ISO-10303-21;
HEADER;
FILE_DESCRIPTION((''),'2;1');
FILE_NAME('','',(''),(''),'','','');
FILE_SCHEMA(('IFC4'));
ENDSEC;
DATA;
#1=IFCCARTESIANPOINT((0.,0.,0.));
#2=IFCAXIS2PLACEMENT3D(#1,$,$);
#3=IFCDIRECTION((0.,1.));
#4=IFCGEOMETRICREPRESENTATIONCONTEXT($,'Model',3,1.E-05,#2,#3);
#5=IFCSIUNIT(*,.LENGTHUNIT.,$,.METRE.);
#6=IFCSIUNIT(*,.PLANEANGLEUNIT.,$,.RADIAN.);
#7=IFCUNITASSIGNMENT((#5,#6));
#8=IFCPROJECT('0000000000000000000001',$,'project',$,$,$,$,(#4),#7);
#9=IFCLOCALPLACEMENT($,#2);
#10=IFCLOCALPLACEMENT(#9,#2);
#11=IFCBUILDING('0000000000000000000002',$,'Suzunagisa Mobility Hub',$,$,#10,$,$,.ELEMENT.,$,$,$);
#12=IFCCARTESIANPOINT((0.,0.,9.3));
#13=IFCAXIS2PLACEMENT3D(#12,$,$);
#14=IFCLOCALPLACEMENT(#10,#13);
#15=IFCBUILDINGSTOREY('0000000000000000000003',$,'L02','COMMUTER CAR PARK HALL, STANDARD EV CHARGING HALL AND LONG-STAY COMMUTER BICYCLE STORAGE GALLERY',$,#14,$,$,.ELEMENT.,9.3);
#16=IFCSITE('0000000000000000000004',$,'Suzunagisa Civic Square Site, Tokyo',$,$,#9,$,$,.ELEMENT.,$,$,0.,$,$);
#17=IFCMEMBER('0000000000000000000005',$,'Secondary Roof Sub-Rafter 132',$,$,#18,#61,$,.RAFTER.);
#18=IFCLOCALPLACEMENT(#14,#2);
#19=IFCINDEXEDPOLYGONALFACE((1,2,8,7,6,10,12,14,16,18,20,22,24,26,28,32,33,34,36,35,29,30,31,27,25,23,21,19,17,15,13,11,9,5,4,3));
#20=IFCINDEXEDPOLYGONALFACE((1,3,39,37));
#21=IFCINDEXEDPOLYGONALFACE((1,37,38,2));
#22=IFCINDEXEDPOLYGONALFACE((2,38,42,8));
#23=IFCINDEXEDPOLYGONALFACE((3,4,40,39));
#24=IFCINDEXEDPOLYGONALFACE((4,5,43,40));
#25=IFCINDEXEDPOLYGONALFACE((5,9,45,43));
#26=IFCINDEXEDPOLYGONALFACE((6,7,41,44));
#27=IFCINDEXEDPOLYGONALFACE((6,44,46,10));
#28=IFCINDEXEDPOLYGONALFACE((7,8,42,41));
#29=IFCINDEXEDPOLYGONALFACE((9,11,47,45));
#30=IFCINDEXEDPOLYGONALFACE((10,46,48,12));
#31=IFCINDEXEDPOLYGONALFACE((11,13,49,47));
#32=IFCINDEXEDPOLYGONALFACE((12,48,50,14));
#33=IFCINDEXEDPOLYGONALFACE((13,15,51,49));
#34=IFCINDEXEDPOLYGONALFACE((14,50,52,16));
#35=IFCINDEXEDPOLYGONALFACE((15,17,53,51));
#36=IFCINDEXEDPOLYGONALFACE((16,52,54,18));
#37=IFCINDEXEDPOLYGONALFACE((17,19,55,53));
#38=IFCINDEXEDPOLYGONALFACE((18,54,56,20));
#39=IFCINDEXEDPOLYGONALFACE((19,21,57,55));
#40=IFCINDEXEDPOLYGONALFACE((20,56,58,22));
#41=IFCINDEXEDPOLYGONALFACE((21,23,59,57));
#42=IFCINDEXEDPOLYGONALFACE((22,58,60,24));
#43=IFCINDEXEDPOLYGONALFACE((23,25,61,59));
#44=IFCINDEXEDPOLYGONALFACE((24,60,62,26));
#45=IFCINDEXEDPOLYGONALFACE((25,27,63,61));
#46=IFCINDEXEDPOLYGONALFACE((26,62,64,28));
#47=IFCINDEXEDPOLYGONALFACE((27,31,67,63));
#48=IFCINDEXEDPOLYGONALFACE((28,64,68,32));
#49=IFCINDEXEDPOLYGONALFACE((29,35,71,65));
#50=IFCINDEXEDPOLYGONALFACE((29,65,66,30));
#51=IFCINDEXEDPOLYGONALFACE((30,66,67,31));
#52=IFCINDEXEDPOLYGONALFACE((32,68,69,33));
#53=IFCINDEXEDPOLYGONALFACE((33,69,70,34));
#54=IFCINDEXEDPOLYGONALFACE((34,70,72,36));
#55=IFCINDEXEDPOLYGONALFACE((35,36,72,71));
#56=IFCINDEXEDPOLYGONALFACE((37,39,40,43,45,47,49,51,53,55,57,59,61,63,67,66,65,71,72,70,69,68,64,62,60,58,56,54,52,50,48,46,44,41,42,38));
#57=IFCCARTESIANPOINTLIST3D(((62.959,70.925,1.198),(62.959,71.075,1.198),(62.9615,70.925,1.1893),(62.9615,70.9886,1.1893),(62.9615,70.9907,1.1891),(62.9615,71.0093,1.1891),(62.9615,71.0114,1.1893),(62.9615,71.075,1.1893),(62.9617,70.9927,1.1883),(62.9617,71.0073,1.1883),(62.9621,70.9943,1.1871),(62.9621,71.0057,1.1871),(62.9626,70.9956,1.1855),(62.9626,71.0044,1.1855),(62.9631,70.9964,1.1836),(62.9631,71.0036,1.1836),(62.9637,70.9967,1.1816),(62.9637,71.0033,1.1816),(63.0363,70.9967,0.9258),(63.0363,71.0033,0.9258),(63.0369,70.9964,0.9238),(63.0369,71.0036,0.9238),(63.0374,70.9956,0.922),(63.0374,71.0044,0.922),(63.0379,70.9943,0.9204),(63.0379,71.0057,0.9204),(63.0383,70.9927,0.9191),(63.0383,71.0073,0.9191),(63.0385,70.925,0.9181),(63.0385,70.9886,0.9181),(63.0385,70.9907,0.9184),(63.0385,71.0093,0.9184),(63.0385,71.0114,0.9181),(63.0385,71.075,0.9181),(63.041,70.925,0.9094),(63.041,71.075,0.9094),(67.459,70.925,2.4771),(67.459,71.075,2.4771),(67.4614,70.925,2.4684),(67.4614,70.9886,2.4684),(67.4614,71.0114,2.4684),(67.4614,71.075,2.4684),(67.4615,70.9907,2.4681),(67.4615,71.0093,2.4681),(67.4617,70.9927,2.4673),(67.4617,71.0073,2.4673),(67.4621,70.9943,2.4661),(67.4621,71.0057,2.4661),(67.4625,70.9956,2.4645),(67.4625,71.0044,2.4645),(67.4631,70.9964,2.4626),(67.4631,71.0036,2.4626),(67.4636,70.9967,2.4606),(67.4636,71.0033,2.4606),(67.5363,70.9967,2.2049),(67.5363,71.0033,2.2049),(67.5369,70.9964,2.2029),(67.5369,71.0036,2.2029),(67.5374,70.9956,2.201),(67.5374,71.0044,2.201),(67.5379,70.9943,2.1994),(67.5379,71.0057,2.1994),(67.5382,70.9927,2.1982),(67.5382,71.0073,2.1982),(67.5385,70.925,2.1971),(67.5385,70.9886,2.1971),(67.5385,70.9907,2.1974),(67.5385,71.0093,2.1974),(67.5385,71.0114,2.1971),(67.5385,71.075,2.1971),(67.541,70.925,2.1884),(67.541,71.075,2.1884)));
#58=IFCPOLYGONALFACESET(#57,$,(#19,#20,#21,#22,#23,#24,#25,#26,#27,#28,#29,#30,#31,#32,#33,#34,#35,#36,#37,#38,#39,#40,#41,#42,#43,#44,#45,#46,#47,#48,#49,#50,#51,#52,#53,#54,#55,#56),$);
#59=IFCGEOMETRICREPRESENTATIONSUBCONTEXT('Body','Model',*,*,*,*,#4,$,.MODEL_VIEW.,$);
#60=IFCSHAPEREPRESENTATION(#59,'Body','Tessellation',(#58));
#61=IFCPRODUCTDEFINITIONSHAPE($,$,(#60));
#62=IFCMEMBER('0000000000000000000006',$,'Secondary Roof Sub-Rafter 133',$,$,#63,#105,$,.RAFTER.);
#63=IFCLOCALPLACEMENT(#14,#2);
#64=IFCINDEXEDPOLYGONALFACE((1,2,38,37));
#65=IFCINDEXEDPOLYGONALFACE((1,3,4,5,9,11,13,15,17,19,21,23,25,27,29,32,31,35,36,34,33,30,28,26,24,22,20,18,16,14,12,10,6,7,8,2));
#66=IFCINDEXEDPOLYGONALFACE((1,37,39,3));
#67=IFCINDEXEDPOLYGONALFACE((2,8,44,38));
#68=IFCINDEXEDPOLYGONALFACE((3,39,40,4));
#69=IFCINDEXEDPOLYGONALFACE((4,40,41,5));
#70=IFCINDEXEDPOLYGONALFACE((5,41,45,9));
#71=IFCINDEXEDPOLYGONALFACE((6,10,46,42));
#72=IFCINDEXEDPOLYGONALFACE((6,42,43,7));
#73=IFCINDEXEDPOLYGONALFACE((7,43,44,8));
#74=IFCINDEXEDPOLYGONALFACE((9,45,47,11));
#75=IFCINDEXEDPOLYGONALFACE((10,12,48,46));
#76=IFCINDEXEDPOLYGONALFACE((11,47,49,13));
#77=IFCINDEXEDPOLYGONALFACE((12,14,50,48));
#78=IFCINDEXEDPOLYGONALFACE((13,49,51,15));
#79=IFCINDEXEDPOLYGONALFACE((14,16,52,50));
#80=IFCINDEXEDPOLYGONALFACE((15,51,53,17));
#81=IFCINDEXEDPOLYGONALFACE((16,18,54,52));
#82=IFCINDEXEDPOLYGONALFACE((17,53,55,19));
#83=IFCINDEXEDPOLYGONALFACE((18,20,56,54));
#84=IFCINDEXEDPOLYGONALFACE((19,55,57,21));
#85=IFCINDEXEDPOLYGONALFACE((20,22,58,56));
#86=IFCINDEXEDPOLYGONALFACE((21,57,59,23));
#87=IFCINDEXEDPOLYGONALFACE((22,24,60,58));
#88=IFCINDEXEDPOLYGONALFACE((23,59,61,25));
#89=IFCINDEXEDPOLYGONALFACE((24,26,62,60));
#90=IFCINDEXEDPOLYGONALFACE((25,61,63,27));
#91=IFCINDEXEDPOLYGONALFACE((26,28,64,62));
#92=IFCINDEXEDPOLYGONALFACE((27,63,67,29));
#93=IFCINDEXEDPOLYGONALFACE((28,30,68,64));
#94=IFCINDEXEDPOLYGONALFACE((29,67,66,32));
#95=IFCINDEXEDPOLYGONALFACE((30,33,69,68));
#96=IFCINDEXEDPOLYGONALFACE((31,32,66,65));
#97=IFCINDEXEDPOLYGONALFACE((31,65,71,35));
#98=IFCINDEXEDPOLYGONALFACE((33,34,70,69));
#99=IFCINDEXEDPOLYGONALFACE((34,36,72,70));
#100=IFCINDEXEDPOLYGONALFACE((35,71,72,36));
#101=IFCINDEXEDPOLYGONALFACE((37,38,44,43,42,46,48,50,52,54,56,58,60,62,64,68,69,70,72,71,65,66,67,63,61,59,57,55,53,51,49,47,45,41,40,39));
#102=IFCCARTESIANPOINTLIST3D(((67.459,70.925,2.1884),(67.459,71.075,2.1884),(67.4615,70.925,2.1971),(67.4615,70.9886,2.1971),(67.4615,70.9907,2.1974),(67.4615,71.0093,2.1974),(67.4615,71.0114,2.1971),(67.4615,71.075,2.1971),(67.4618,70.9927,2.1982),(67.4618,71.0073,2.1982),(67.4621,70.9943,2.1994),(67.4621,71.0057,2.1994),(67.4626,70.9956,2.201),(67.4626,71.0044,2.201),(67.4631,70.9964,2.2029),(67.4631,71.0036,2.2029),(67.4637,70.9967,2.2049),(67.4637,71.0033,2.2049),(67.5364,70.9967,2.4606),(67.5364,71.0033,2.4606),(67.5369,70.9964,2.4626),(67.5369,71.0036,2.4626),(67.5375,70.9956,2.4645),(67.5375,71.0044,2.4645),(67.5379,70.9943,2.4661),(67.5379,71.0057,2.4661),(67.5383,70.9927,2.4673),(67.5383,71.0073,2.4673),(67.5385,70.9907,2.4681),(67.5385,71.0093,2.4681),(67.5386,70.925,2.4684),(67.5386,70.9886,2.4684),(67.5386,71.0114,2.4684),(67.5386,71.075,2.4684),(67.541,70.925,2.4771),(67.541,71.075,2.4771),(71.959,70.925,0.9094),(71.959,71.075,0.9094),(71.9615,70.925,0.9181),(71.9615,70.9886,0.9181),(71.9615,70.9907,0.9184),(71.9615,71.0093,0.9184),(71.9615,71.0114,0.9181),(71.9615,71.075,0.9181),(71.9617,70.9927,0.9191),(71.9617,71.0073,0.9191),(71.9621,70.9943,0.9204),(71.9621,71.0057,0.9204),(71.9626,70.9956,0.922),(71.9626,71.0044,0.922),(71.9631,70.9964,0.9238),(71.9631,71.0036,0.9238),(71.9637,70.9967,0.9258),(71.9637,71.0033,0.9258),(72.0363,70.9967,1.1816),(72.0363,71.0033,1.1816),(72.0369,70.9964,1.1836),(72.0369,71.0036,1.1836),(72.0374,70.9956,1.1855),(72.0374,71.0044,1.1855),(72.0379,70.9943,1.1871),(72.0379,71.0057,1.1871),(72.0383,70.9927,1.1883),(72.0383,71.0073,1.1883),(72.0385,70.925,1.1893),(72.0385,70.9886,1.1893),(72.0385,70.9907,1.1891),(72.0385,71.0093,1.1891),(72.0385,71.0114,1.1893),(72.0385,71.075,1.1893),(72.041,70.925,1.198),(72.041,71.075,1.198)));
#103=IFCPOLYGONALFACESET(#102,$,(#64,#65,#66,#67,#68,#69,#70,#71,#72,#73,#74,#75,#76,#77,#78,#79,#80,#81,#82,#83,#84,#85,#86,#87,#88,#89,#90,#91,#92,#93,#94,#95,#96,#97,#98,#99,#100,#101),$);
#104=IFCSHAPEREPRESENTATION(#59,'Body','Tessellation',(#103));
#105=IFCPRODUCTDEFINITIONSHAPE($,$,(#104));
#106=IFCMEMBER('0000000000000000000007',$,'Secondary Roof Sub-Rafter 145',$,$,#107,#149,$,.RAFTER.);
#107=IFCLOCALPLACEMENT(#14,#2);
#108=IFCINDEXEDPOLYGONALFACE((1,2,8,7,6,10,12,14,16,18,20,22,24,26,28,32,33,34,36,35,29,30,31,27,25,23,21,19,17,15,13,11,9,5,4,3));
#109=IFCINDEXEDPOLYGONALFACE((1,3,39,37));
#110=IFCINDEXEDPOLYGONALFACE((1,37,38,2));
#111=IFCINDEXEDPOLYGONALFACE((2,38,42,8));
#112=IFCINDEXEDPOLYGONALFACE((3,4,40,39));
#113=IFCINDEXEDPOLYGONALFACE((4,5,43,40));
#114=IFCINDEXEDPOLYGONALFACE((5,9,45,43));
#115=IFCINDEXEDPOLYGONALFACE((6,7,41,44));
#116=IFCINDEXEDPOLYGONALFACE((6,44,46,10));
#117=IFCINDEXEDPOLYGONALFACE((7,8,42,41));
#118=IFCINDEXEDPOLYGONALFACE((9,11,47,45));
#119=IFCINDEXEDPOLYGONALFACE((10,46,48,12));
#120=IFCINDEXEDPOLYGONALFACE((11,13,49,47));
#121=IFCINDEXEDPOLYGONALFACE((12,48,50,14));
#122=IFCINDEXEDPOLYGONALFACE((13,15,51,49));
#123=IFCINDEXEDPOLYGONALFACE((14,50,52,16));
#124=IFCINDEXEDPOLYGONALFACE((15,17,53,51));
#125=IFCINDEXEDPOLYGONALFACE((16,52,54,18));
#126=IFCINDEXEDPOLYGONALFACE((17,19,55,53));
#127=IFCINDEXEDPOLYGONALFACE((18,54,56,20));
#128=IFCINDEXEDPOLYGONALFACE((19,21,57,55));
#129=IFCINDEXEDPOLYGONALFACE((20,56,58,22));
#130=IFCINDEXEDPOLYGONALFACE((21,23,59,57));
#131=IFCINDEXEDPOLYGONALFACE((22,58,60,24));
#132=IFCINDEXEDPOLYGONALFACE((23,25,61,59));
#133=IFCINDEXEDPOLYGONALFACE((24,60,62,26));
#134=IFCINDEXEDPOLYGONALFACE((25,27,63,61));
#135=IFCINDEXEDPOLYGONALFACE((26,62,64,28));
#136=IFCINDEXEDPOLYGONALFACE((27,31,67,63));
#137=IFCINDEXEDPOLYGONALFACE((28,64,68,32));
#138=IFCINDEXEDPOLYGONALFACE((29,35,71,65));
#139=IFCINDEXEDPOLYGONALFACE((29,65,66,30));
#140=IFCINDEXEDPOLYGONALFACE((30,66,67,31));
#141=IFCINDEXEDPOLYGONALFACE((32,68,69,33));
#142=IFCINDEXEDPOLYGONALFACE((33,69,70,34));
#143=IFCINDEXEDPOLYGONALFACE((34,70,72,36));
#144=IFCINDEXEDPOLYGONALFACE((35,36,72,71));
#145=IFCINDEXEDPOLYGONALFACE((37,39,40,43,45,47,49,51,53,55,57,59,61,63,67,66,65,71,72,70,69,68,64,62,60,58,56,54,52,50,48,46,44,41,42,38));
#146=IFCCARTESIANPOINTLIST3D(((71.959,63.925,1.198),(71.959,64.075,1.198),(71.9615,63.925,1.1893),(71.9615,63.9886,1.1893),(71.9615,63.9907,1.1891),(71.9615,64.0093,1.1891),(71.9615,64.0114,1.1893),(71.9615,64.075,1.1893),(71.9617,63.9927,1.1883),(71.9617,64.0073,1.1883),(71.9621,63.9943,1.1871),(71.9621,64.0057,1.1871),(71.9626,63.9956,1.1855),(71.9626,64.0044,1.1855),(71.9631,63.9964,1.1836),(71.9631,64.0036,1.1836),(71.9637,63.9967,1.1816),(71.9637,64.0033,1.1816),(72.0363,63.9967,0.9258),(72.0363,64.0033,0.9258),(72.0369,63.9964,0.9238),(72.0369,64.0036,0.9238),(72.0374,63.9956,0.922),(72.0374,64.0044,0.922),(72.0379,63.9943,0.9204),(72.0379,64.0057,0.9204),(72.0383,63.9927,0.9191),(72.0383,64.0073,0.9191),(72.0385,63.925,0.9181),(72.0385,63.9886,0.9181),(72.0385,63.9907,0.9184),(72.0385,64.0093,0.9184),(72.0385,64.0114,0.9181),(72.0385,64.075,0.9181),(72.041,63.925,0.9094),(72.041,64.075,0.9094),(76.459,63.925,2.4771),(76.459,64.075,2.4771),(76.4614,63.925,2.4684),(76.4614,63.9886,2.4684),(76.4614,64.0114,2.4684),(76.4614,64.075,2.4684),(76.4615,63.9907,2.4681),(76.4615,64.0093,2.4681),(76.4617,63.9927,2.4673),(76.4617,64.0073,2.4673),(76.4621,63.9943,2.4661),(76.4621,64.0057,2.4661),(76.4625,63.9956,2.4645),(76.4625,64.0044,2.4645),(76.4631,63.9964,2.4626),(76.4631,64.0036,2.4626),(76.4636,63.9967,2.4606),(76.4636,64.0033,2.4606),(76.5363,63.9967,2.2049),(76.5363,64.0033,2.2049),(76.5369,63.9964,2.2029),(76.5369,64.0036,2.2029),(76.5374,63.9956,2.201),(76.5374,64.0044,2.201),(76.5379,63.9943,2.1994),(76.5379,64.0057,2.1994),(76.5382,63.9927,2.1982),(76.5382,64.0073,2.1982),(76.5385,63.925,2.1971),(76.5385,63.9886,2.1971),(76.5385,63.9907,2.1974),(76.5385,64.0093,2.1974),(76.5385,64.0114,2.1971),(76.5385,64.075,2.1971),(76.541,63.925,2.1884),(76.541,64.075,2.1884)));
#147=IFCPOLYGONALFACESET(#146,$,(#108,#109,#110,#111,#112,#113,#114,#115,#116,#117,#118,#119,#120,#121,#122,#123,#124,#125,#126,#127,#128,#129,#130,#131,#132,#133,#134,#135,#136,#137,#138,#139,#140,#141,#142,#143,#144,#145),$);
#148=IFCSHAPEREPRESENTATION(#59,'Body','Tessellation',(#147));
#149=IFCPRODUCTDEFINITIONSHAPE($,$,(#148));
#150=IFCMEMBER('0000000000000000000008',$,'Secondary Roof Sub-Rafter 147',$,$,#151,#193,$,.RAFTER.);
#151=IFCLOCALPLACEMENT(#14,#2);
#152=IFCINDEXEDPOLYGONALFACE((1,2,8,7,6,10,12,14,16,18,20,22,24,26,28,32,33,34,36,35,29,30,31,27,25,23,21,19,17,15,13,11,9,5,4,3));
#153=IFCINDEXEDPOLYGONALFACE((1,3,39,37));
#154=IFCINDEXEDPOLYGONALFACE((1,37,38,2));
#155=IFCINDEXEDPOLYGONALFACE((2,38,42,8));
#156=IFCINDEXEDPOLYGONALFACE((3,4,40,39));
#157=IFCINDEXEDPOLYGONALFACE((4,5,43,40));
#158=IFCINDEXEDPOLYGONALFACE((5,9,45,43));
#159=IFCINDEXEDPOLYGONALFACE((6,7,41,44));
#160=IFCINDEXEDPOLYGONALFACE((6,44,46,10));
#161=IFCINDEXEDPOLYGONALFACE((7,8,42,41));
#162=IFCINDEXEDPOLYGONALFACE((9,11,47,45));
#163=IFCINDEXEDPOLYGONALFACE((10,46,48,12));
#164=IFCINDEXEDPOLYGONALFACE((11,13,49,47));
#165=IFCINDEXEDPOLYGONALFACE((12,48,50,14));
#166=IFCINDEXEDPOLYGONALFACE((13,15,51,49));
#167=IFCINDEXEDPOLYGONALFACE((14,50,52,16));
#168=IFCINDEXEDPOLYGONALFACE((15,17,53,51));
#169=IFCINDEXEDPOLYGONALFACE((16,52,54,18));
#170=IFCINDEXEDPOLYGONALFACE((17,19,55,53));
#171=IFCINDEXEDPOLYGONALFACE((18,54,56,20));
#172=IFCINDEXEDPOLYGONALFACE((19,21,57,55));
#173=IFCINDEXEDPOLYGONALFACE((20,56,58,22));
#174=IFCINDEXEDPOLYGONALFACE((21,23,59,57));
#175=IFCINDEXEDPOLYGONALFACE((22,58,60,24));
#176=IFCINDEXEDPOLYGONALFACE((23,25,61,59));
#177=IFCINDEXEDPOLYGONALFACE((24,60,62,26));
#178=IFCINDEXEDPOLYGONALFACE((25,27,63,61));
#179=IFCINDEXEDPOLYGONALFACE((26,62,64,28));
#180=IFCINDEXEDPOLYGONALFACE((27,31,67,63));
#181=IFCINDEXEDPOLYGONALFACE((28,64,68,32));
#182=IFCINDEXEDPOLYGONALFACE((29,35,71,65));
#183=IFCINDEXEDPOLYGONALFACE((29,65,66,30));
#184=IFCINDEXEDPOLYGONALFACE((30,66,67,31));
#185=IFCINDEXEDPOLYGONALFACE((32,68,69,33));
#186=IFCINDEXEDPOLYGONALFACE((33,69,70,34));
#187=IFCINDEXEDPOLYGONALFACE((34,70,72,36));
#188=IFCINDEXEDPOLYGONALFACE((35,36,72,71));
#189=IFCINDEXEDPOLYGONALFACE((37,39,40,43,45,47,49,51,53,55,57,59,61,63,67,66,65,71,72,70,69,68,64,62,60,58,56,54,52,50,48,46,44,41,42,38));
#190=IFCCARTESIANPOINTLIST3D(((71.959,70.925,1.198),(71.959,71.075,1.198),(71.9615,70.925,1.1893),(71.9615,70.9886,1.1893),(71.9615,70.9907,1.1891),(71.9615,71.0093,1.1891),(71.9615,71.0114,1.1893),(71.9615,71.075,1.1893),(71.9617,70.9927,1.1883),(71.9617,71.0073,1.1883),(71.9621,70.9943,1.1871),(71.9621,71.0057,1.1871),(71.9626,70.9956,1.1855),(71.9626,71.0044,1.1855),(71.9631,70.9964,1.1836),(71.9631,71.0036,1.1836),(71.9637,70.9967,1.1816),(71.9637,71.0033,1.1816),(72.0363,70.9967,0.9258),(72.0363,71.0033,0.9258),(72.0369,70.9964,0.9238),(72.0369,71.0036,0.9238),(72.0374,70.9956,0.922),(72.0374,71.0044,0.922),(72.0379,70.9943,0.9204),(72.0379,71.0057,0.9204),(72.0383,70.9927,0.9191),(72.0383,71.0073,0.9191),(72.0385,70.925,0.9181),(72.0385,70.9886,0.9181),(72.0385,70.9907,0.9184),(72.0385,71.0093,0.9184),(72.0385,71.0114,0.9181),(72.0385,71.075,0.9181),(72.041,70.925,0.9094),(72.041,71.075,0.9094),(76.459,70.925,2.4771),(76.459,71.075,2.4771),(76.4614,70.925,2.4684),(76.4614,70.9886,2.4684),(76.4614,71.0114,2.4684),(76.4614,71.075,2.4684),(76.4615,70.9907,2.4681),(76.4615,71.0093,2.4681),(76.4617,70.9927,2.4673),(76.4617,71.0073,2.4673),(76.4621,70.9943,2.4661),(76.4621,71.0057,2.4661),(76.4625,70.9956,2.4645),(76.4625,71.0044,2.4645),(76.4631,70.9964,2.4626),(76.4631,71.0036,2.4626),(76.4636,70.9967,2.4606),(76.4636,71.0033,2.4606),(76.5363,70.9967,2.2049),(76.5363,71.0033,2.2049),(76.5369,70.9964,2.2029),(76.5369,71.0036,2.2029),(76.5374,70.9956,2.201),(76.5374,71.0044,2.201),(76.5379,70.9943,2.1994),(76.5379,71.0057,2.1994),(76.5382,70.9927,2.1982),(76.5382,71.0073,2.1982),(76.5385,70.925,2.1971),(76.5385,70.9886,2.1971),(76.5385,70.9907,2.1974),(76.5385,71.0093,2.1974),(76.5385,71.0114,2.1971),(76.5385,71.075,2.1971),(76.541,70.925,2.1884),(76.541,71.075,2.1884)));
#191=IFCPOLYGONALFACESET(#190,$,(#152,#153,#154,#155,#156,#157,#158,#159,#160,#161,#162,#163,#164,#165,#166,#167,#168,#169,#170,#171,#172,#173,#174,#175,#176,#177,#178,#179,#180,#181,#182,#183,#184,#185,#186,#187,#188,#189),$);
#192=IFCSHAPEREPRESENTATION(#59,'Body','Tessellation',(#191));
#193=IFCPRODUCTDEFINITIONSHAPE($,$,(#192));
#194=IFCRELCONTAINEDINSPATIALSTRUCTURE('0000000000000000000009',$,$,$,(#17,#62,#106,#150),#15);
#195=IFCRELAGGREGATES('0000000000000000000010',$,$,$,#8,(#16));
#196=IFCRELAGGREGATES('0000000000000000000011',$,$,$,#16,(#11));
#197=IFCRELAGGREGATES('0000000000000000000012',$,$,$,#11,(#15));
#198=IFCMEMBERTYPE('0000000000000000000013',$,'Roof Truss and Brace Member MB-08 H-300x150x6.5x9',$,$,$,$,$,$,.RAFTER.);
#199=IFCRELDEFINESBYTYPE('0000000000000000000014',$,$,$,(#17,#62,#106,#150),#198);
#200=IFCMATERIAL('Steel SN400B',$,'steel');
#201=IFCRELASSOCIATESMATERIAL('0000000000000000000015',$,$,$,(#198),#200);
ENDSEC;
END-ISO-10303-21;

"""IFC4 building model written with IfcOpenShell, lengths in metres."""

from ifc_helpers import new_model, si_unit, direction, frame, origin, origin_2d, place, context, subcontext, project, spatial, i_section, extrude, material, material_profile, profile_set, type_object, element, save


model = new_model("IFC4")

# Units and contexts
model_context = context("Model", 3, precision=1e-05, world=origin(), true_north=direction((0.0, 1.0)))
body_context = subcontext(model_context, "Body", "Model", "MODEL_VIEW")
ifc_project = project(units=[si_unit("LENGTHUNIT", "METRE"), si_unit("PLANEANGLEUNIT", "RADIAN")], contexts=[model_context])

# Site, building, storey
site_placement = place(None, origin())
site = spatial("IfcSite", under=ifc_project, at=site_placement, Name="Suzunagisa Civic Square Site, Tokyo", CompositionType="ELEMENT", RefElevation=0.0)
building_placement = place(site_placement, origin())
building = spatial("IfcBuilding", under=site, at=building_placement, Name="Suzunagisa Mobility Hub", CompositionType="ELEMENT")
storey_placement = place(building_placement, frame((0.0, 0.0, 9.3)))
storey = spatial("IfcBuildingStorey", under=building, at=storey_placement, Name="L02", Description="COMMUTER CAR PARK HALL, STANDARD EV CHARGING HALL AND LONG-STAY COMMUTER BICYCLE STORAGE GALLERY", CompositionType="ELEMENT", Elevation=9.3)

# Members
ifc_material_1 = material(Name="Steel SN400B", Category="steel")
ifc_material_profile_1 = material_profile(ifc_material_1, i_section(OverallWidth=0.1499, OverallDepth=0.3, WebThickness=0.0066, FlangeThickness=0.009, FilletRadius=0.0081, at=origin_2d()), Name="H-300x150x6.5x9")
ifc_profile_set_1 = profile_set([ifc_material_profile_1], Name="Steel SN400B")
member_type_1 = type_object("IfcMemberType", Name="Roof Truss and Brace Member MB-08 H-300x150x6.5x9", PredefinedType="RAFTER", material=ifc_profile_set_1)
for number, where, z_axis, x_axis, name in (
    (1, (63.0, 71.0, 1.0537), (0.961899, 0.0, 0.273404), (0.0, 1.0, 0.0), "Secondary Roof Sub-Rafter 132"),
    (2, (72.0, 71.0, 1.0537), (-0.961899, 0.0, 0.273404), (0.0, -1.0, 0.0), "Secondary Roof Sub-Rafter 133"),
    (3, (72.0, 64.0, 1.0537), (0.961899, 0.0, 0.273404), (0.0, 1.0, 0.0), "Secondary Roof Sub-Rafter 145"),
    (4, (72.0, 71.0, 1.0537), (0.961899, 0.0, 0.273404), (0.0, 1.0, 0.0), "Secondary Roof Sub-Rafter 147"),
):
    element("IfcMember", number, at=place(storey_placement, frame(where, z_axis=z_axis, x_axis=x_axis)), inside=storey, type_object=member_type_1, Name=name, PredefinedType="RAFTER", context=body_context, shape_type="SweptSolid", body=[
        extrude(i_section(OverallWidth=0.1499, OverallDepth=0.3, WebThickness=0.0066, FlangeThickness=0.009, FilletRadius=0.0081, at=origin_2d()), origin(), (0.0, 0.0, 1.0), 4.6782),
    ])

save(model, "model.ifc")
